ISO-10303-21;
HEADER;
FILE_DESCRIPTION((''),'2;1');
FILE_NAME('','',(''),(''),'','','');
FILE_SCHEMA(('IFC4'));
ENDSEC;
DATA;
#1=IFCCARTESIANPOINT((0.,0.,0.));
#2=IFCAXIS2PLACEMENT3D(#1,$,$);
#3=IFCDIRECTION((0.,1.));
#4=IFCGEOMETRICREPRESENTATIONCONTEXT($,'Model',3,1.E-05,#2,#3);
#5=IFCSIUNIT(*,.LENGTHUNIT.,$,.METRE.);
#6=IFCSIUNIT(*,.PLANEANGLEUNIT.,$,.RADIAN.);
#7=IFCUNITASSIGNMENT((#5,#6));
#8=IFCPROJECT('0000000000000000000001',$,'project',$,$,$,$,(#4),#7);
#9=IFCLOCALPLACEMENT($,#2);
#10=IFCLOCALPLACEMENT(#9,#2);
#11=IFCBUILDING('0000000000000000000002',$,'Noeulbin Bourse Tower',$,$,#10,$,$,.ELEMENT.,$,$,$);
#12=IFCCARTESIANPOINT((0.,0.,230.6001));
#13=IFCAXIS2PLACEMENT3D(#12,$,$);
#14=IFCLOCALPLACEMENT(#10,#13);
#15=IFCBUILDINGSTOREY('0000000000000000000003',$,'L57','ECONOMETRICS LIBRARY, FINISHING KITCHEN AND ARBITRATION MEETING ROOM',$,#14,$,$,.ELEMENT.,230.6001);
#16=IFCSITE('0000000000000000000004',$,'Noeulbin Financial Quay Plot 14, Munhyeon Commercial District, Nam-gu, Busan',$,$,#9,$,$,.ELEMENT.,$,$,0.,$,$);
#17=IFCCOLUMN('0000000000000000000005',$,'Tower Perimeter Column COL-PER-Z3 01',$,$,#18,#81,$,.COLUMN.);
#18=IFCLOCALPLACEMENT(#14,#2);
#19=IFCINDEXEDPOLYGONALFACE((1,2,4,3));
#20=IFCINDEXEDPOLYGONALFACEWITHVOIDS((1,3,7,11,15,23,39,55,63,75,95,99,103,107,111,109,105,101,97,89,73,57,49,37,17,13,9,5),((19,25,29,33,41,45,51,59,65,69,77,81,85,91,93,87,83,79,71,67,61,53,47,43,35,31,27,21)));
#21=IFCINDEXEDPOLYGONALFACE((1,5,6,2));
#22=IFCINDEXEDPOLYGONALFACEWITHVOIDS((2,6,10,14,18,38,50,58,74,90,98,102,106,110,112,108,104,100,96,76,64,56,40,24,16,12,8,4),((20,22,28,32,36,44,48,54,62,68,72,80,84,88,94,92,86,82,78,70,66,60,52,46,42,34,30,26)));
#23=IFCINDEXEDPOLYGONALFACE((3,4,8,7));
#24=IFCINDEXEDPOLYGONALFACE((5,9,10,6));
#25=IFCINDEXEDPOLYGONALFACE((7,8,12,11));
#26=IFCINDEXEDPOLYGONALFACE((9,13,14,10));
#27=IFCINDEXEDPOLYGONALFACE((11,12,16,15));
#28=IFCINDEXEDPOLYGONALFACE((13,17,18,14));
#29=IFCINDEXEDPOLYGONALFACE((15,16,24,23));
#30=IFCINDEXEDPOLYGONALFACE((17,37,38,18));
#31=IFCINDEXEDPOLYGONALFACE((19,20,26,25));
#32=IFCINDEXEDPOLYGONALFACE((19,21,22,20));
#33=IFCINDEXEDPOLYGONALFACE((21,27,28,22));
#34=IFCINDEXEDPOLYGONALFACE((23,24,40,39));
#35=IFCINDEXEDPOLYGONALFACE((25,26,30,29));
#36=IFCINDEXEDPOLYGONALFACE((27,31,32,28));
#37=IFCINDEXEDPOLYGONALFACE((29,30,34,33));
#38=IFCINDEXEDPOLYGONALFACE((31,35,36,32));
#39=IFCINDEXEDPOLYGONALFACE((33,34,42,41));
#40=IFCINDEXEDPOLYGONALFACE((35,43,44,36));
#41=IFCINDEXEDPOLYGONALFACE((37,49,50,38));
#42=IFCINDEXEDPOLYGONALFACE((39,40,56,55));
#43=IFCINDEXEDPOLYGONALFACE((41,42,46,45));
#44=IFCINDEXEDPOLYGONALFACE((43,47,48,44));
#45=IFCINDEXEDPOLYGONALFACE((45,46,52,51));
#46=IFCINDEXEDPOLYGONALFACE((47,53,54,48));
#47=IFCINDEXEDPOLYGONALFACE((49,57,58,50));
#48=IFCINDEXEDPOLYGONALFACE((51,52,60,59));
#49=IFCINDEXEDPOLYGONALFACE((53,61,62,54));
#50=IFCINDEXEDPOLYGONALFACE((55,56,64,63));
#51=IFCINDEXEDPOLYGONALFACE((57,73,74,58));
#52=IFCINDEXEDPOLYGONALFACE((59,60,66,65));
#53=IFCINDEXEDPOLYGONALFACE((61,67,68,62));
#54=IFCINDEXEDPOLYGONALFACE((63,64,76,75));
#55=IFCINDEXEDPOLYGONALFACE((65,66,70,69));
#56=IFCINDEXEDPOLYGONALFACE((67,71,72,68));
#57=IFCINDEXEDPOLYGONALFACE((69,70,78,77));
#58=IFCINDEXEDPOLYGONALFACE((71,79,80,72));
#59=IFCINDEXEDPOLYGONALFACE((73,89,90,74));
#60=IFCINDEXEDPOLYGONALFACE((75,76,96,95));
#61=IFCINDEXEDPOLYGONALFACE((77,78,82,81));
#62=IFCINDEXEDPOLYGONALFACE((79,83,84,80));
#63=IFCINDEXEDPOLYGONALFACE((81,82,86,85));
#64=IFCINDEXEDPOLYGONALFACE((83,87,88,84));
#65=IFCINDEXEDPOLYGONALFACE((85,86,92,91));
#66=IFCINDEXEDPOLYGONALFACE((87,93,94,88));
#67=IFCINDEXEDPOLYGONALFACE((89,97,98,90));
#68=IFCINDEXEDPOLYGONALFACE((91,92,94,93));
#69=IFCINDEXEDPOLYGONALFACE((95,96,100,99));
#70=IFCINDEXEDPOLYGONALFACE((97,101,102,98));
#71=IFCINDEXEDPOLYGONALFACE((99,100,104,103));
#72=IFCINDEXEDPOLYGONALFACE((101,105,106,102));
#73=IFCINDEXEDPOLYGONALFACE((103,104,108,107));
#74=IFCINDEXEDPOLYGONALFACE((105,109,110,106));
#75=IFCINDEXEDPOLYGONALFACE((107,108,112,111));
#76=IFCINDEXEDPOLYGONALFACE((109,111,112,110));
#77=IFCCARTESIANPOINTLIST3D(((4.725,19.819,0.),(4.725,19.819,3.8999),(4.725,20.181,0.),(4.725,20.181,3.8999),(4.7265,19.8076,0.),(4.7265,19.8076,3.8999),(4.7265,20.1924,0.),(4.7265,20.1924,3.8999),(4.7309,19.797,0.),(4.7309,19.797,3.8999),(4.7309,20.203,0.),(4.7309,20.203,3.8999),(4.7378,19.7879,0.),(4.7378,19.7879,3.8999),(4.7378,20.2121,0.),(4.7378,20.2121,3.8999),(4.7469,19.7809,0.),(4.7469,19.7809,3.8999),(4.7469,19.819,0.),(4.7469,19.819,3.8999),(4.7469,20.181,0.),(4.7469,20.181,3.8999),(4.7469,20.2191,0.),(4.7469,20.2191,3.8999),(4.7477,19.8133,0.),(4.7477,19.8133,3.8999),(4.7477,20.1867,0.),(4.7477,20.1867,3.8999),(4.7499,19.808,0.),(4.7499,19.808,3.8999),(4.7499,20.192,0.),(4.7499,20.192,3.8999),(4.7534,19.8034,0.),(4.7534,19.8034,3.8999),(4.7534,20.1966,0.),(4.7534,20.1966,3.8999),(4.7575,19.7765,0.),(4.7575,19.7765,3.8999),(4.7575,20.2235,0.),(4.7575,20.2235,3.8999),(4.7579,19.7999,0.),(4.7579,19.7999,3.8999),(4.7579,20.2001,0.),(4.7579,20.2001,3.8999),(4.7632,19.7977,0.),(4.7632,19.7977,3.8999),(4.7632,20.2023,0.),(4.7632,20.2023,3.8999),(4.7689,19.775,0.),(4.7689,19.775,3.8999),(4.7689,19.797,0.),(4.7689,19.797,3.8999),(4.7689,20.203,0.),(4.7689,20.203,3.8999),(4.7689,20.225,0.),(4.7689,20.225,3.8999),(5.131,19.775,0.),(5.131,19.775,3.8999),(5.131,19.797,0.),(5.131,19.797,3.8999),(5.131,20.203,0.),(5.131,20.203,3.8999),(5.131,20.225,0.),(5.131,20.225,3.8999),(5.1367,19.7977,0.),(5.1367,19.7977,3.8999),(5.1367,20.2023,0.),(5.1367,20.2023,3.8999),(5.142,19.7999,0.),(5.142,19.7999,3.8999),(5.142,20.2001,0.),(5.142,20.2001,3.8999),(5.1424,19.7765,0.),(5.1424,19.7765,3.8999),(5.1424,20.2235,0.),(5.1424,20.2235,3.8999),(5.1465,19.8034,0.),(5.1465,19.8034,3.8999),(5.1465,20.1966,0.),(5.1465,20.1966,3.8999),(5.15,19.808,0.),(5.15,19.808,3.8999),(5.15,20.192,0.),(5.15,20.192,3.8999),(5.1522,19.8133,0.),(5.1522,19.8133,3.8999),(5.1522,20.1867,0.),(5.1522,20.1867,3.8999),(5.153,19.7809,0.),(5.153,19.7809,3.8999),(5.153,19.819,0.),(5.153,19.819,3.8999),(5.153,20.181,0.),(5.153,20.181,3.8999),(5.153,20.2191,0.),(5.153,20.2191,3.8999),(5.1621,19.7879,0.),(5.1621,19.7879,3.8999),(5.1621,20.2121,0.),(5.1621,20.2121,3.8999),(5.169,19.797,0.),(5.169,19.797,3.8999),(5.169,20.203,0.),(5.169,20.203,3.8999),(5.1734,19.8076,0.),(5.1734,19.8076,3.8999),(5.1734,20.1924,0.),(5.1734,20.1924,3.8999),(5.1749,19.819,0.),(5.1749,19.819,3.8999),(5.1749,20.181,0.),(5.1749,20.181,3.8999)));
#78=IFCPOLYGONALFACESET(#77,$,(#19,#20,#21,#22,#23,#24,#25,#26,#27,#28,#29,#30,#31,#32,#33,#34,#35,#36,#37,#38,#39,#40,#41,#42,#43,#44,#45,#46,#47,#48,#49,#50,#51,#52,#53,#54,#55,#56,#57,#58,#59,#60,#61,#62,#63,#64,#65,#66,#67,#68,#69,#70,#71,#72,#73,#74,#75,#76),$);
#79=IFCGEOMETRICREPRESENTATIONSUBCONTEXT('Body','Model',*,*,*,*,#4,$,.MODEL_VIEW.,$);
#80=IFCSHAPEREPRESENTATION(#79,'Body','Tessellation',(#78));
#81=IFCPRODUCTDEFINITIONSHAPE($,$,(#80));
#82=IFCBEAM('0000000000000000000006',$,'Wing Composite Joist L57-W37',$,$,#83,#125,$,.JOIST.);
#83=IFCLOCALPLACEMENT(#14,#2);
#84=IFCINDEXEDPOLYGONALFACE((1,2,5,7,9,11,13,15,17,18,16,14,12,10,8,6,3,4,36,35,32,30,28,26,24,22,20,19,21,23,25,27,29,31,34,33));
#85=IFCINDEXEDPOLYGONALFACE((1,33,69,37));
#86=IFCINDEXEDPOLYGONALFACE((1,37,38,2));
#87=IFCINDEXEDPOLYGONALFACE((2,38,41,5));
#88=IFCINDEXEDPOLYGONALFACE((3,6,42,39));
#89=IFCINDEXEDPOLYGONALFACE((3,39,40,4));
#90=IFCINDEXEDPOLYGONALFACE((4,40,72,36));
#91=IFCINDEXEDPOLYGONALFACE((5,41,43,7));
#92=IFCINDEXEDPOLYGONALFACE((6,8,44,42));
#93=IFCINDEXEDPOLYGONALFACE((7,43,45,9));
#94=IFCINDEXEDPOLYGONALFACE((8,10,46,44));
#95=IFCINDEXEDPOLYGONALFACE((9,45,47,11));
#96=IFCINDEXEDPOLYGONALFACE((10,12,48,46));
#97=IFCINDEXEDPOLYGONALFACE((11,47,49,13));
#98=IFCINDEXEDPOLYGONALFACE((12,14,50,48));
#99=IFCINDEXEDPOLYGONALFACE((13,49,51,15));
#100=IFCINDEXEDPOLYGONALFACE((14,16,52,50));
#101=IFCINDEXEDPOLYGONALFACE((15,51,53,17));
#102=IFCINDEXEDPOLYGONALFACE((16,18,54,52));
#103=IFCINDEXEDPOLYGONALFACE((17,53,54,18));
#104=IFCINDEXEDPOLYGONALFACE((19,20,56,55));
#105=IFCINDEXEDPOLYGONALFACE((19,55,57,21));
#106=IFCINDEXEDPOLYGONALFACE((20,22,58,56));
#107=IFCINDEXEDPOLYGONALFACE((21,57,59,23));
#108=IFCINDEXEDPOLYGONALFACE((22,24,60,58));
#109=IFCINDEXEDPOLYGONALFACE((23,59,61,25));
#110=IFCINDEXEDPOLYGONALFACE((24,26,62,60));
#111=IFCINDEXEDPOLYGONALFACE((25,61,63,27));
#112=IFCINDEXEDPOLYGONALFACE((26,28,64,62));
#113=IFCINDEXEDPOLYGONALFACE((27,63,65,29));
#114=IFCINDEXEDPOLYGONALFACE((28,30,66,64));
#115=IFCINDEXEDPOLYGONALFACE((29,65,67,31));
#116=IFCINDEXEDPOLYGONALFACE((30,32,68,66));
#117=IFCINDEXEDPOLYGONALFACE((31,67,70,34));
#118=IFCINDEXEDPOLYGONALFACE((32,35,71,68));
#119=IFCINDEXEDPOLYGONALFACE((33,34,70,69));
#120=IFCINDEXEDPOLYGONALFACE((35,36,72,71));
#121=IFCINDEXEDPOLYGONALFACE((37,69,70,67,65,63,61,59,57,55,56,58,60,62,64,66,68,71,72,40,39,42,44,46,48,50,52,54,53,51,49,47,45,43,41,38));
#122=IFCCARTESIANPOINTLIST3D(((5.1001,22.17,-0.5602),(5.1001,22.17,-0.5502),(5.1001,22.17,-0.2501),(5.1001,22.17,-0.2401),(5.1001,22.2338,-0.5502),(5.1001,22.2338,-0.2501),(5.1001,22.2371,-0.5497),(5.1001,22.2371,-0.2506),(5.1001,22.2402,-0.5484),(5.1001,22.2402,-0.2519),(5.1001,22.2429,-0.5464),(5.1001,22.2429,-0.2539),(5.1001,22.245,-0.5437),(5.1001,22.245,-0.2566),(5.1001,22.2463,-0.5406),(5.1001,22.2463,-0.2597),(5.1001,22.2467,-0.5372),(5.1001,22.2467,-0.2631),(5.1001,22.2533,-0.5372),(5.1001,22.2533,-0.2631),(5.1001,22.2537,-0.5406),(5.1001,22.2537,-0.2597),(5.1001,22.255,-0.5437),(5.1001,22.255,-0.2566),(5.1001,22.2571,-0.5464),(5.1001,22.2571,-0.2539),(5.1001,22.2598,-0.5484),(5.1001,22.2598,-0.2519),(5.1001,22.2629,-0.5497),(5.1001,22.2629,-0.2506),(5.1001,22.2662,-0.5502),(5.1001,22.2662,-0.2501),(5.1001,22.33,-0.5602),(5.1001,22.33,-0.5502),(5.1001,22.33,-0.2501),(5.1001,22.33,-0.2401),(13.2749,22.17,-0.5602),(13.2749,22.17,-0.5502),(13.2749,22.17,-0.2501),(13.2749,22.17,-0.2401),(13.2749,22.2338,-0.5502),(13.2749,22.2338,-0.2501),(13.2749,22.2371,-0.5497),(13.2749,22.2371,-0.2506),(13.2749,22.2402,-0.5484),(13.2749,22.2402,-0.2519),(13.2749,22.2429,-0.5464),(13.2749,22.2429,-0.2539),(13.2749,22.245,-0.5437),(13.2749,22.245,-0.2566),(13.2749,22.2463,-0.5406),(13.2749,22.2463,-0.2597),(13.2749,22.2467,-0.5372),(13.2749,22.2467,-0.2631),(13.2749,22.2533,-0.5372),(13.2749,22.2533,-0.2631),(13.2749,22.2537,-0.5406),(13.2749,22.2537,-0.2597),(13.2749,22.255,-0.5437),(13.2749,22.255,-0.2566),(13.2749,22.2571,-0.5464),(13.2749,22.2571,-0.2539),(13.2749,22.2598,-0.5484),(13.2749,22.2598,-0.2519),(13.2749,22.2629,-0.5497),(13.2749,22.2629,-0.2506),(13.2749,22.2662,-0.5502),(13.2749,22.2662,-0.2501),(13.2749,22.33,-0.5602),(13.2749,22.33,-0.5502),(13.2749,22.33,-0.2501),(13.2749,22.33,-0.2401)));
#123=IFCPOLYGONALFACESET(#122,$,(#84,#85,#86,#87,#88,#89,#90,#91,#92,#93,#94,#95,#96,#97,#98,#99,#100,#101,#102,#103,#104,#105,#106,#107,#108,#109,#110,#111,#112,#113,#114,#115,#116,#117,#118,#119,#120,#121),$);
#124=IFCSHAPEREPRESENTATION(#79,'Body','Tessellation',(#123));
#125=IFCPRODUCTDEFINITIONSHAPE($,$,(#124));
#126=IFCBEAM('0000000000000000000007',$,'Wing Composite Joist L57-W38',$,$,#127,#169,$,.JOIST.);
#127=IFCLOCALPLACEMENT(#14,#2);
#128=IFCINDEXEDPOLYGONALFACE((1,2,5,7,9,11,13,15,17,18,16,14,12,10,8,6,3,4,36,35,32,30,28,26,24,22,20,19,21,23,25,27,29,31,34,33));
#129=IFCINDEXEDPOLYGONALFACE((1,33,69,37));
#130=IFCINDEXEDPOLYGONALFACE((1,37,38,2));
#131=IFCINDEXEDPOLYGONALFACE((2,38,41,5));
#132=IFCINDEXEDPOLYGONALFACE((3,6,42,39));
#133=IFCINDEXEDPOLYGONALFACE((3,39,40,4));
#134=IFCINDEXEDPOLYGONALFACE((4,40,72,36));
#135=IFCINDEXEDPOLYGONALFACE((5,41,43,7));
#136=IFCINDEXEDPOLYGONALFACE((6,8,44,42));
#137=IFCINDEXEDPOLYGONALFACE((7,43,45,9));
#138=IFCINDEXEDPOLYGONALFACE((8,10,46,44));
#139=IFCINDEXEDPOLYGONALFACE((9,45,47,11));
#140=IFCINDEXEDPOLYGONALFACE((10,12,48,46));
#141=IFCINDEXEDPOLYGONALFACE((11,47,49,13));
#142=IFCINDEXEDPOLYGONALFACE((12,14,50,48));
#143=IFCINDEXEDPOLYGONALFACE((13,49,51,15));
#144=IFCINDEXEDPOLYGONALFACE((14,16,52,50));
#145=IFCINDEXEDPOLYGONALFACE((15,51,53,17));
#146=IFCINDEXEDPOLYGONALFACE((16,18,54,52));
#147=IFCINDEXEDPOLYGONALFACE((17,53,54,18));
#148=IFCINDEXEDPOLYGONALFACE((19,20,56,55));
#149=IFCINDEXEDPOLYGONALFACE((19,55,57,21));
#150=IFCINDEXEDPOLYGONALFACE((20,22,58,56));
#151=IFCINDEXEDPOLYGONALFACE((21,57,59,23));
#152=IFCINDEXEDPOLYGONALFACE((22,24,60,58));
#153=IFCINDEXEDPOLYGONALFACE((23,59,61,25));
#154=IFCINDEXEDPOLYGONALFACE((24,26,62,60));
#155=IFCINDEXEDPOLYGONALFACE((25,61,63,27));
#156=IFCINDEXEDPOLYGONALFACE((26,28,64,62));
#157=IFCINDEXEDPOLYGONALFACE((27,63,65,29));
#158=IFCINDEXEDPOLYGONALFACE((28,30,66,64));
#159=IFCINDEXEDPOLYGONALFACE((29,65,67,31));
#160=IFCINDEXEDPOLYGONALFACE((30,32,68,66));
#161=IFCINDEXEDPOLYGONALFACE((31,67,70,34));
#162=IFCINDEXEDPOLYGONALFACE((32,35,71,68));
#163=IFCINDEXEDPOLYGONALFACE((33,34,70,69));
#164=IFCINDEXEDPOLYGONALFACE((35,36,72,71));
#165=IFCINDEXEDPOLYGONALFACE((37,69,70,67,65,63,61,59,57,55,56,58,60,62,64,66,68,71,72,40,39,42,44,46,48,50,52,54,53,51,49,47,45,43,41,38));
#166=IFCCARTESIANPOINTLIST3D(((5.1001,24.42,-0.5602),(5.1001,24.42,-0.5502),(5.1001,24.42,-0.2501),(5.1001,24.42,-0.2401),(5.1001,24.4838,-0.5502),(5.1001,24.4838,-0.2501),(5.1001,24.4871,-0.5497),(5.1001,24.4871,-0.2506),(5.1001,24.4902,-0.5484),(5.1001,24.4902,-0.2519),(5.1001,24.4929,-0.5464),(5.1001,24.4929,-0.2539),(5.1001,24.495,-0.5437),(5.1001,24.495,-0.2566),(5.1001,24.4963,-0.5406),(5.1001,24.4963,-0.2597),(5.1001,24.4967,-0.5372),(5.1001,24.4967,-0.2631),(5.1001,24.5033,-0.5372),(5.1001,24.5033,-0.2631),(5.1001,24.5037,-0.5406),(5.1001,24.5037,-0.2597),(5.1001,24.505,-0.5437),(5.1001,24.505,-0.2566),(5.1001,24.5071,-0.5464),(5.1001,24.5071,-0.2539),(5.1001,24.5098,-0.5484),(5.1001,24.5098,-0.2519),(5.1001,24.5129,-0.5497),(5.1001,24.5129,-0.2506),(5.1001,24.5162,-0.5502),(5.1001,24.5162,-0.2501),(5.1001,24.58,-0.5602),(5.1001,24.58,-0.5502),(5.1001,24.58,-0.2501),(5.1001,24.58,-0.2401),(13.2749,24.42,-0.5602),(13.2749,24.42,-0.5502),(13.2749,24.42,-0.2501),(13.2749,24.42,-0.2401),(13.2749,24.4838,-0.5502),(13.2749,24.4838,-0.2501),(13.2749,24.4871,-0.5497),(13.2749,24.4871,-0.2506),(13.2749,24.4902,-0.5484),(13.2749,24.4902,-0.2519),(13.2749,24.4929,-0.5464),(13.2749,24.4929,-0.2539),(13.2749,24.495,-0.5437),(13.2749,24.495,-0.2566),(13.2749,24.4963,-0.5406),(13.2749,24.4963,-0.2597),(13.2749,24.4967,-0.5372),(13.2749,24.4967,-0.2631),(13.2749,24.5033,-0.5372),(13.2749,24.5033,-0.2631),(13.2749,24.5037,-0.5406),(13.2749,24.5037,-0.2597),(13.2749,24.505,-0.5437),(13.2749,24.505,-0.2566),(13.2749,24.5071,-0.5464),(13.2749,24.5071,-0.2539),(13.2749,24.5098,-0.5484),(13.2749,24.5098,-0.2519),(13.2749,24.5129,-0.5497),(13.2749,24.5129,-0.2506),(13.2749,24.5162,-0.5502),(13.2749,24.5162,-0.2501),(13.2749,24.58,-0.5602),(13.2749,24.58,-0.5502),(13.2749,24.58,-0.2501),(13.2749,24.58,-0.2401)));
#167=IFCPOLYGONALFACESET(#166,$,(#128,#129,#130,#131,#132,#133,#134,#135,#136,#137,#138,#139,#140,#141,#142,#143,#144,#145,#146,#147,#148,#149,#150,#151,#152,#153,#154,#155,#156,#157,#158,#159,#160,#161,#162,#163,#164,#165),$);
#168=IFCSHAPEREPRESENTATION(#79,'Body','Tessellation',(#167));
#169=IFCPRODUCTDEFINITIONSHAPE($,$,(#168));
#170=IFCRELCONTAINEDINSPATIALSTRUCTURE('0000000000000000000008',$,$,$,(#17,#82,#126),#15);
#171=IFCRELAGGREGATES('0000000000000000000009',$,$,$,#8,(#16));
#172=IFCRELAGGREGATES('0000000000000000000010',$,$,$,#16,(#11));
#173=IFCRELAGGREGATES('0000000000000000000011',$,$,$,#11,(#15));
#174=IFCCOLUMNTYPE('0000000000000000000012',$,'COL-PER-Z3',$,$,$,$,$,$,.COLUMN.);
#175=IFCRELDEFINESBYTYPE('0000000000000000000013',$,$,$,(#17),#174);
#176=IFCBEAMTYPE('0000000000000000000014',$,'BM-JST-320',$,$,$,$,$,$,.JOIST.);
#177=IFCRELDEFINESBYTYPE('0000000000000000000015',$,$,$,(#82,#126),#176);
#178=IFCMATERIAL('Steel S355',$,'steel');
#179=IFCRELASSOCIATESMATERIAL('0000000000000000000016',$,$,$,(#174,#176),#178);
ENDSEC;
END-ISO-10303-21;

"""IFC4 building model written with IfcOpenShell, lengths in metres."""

from ifc_helpers import new_model, si_unit, direction, frame, origin, origin_2d, place, context, subcontext, project, spatial, hollow_rectangle, i_section, extrude, material, material_profile, profile_set, type_object, element, save


model = new_model("IFC4")

# Units and contexts
model_context = context("Model", 3, precision=1e-05, world=origin(), true_north=direction((0.0, 1.0)))
body_context = subcontext(model_context, "Body", "Model", "MODEL_VIEW")
ifc_project = project(units=[si_unit("LENGTHUNIT", "METRE"), si_unit("PLANEANGLEUNIT", "RADIAN")], contexts=[model_context])

# Site, building, storey
site_placement = place(None, origin())
site = spatial("IfcSite", under=ifc_project, at=site_placement, Name="Noeulbin Financial Quay Plot 14, Munhyeon Commercial District, Nam-gu, Busan", CompositionType="ELEMENT", RefElevation=0.0)
building_placement = place(site_placement, origin())
building = spatial("IfcBuilding", under=site, at=building_placement, Name="Noeulbin Bourse Tower", CompositionType="ELEMENT")
storey_placement = place(building_placement, frame((0.0, 0.0, 230.6001)))
storey = spatial("IfcBuildingStorey", under=building, at=storey_placement, Name="L57", Description="ECONOMETRICS LIBRARY, FINISHING KITCHEN AND ARBITRATION MEETING ROOM", CompositionType="ELEMENT", Elevation=230.6001)

# Column
ifc_material_1 = material(Name="Steel S355", Category="steel")
ifc_material_profile_1 = material_profile(ifc_material_1, hollow_rectangle(XDim=0.45, YDim=0.45, WallThickness=0.022, InnerFilletRadius=0.022, OuterFilletRadius=0.0439, at=origin_2d()), Name="SHS-450x450x22", Category="LoadBearing")
ifc_profile_set_1 = profile_set([ifc_material_profile_1], Name="Steel S355")
column_type = type_object("IfcColumnType", Name="COL-PER-Z3", PredefinedType="COLUMN", material=ifc_profile_set_1)
column_placement = place(storey_placement, frame((4.95, 20.0, 0.0), z_axis=(0.0, 0.0, 1.0), x_axis=(1.0, 0.0, 0.0)))
element("IfcColumn", 1, at=column_placement, inside=storey, type_object=column_type, Name="Tower Perimeter Column COL-PER-Z3 01", PredefinedType="COLUMN", context=body_context, shape_type="SweptSolid", body=[
    extrude(hollow_rectangle(XDim=0.45, YDim=0.45, WallThickness=0.022, InnerFilletRadius=0.022, OuterFilletRadius=0.0439, at=origin_2d()), origin(), (0.0, 0.0, 1.0), 3.8999),
])

# Beams
ifc_material_profile_2 = material_profile(ifc_material_1, i_section(OverallWidth=0.1599, OverallDepth=0.3201, WebThickness=0.0066, FlangeThickness=0.01, FilletRadius=0.0129, at=origin_2d()), Name="H-320x160x6.5x10", Category="LoadBearing")
ifc_profile_set_2 = profile_set([ifc_material_profile_2], Name="Steel S355")
beam_type_1 = type_object("IfcBeamType", Name="BM-JST-320", PredefinedType="JOIST", material=ifc_profile_set_2)
for number, where, z_axis, x_axis, name in (
    (2, (5.1001, 22.25, -0.4001), (1.0, 0.0, 0.0), (0.0, 1.0, 0.0), "Wing Composite Joist L57-W37"),
    (3, (5.1001, 24.5, -0.4001), (1.0, 0.0, 0.0), (0.0, 1.0, 0.0), "Wing Composite Joist L57-W38"),
):
    element("IfcBeam", number, at=place(storey_placement, frame(where, z_axis=z_axis, x_axis=x_axis)), inside=storey, type_object=beam_type_1, Name=name, PredefinedType="JOIST", context=body_context, shape_type="SweptSolid", body=[
        extrude(i_section(OverallWidth=0.1599, OverallDepth=0.3201, WebThickness=0.0066, FlangeThickness=0.01, FilletRadius=0.0129, at=origin_2d()), origin(), (0.0, 0.0, 1.0), 8.1748),
    ])

save(model, "model.ifc")
